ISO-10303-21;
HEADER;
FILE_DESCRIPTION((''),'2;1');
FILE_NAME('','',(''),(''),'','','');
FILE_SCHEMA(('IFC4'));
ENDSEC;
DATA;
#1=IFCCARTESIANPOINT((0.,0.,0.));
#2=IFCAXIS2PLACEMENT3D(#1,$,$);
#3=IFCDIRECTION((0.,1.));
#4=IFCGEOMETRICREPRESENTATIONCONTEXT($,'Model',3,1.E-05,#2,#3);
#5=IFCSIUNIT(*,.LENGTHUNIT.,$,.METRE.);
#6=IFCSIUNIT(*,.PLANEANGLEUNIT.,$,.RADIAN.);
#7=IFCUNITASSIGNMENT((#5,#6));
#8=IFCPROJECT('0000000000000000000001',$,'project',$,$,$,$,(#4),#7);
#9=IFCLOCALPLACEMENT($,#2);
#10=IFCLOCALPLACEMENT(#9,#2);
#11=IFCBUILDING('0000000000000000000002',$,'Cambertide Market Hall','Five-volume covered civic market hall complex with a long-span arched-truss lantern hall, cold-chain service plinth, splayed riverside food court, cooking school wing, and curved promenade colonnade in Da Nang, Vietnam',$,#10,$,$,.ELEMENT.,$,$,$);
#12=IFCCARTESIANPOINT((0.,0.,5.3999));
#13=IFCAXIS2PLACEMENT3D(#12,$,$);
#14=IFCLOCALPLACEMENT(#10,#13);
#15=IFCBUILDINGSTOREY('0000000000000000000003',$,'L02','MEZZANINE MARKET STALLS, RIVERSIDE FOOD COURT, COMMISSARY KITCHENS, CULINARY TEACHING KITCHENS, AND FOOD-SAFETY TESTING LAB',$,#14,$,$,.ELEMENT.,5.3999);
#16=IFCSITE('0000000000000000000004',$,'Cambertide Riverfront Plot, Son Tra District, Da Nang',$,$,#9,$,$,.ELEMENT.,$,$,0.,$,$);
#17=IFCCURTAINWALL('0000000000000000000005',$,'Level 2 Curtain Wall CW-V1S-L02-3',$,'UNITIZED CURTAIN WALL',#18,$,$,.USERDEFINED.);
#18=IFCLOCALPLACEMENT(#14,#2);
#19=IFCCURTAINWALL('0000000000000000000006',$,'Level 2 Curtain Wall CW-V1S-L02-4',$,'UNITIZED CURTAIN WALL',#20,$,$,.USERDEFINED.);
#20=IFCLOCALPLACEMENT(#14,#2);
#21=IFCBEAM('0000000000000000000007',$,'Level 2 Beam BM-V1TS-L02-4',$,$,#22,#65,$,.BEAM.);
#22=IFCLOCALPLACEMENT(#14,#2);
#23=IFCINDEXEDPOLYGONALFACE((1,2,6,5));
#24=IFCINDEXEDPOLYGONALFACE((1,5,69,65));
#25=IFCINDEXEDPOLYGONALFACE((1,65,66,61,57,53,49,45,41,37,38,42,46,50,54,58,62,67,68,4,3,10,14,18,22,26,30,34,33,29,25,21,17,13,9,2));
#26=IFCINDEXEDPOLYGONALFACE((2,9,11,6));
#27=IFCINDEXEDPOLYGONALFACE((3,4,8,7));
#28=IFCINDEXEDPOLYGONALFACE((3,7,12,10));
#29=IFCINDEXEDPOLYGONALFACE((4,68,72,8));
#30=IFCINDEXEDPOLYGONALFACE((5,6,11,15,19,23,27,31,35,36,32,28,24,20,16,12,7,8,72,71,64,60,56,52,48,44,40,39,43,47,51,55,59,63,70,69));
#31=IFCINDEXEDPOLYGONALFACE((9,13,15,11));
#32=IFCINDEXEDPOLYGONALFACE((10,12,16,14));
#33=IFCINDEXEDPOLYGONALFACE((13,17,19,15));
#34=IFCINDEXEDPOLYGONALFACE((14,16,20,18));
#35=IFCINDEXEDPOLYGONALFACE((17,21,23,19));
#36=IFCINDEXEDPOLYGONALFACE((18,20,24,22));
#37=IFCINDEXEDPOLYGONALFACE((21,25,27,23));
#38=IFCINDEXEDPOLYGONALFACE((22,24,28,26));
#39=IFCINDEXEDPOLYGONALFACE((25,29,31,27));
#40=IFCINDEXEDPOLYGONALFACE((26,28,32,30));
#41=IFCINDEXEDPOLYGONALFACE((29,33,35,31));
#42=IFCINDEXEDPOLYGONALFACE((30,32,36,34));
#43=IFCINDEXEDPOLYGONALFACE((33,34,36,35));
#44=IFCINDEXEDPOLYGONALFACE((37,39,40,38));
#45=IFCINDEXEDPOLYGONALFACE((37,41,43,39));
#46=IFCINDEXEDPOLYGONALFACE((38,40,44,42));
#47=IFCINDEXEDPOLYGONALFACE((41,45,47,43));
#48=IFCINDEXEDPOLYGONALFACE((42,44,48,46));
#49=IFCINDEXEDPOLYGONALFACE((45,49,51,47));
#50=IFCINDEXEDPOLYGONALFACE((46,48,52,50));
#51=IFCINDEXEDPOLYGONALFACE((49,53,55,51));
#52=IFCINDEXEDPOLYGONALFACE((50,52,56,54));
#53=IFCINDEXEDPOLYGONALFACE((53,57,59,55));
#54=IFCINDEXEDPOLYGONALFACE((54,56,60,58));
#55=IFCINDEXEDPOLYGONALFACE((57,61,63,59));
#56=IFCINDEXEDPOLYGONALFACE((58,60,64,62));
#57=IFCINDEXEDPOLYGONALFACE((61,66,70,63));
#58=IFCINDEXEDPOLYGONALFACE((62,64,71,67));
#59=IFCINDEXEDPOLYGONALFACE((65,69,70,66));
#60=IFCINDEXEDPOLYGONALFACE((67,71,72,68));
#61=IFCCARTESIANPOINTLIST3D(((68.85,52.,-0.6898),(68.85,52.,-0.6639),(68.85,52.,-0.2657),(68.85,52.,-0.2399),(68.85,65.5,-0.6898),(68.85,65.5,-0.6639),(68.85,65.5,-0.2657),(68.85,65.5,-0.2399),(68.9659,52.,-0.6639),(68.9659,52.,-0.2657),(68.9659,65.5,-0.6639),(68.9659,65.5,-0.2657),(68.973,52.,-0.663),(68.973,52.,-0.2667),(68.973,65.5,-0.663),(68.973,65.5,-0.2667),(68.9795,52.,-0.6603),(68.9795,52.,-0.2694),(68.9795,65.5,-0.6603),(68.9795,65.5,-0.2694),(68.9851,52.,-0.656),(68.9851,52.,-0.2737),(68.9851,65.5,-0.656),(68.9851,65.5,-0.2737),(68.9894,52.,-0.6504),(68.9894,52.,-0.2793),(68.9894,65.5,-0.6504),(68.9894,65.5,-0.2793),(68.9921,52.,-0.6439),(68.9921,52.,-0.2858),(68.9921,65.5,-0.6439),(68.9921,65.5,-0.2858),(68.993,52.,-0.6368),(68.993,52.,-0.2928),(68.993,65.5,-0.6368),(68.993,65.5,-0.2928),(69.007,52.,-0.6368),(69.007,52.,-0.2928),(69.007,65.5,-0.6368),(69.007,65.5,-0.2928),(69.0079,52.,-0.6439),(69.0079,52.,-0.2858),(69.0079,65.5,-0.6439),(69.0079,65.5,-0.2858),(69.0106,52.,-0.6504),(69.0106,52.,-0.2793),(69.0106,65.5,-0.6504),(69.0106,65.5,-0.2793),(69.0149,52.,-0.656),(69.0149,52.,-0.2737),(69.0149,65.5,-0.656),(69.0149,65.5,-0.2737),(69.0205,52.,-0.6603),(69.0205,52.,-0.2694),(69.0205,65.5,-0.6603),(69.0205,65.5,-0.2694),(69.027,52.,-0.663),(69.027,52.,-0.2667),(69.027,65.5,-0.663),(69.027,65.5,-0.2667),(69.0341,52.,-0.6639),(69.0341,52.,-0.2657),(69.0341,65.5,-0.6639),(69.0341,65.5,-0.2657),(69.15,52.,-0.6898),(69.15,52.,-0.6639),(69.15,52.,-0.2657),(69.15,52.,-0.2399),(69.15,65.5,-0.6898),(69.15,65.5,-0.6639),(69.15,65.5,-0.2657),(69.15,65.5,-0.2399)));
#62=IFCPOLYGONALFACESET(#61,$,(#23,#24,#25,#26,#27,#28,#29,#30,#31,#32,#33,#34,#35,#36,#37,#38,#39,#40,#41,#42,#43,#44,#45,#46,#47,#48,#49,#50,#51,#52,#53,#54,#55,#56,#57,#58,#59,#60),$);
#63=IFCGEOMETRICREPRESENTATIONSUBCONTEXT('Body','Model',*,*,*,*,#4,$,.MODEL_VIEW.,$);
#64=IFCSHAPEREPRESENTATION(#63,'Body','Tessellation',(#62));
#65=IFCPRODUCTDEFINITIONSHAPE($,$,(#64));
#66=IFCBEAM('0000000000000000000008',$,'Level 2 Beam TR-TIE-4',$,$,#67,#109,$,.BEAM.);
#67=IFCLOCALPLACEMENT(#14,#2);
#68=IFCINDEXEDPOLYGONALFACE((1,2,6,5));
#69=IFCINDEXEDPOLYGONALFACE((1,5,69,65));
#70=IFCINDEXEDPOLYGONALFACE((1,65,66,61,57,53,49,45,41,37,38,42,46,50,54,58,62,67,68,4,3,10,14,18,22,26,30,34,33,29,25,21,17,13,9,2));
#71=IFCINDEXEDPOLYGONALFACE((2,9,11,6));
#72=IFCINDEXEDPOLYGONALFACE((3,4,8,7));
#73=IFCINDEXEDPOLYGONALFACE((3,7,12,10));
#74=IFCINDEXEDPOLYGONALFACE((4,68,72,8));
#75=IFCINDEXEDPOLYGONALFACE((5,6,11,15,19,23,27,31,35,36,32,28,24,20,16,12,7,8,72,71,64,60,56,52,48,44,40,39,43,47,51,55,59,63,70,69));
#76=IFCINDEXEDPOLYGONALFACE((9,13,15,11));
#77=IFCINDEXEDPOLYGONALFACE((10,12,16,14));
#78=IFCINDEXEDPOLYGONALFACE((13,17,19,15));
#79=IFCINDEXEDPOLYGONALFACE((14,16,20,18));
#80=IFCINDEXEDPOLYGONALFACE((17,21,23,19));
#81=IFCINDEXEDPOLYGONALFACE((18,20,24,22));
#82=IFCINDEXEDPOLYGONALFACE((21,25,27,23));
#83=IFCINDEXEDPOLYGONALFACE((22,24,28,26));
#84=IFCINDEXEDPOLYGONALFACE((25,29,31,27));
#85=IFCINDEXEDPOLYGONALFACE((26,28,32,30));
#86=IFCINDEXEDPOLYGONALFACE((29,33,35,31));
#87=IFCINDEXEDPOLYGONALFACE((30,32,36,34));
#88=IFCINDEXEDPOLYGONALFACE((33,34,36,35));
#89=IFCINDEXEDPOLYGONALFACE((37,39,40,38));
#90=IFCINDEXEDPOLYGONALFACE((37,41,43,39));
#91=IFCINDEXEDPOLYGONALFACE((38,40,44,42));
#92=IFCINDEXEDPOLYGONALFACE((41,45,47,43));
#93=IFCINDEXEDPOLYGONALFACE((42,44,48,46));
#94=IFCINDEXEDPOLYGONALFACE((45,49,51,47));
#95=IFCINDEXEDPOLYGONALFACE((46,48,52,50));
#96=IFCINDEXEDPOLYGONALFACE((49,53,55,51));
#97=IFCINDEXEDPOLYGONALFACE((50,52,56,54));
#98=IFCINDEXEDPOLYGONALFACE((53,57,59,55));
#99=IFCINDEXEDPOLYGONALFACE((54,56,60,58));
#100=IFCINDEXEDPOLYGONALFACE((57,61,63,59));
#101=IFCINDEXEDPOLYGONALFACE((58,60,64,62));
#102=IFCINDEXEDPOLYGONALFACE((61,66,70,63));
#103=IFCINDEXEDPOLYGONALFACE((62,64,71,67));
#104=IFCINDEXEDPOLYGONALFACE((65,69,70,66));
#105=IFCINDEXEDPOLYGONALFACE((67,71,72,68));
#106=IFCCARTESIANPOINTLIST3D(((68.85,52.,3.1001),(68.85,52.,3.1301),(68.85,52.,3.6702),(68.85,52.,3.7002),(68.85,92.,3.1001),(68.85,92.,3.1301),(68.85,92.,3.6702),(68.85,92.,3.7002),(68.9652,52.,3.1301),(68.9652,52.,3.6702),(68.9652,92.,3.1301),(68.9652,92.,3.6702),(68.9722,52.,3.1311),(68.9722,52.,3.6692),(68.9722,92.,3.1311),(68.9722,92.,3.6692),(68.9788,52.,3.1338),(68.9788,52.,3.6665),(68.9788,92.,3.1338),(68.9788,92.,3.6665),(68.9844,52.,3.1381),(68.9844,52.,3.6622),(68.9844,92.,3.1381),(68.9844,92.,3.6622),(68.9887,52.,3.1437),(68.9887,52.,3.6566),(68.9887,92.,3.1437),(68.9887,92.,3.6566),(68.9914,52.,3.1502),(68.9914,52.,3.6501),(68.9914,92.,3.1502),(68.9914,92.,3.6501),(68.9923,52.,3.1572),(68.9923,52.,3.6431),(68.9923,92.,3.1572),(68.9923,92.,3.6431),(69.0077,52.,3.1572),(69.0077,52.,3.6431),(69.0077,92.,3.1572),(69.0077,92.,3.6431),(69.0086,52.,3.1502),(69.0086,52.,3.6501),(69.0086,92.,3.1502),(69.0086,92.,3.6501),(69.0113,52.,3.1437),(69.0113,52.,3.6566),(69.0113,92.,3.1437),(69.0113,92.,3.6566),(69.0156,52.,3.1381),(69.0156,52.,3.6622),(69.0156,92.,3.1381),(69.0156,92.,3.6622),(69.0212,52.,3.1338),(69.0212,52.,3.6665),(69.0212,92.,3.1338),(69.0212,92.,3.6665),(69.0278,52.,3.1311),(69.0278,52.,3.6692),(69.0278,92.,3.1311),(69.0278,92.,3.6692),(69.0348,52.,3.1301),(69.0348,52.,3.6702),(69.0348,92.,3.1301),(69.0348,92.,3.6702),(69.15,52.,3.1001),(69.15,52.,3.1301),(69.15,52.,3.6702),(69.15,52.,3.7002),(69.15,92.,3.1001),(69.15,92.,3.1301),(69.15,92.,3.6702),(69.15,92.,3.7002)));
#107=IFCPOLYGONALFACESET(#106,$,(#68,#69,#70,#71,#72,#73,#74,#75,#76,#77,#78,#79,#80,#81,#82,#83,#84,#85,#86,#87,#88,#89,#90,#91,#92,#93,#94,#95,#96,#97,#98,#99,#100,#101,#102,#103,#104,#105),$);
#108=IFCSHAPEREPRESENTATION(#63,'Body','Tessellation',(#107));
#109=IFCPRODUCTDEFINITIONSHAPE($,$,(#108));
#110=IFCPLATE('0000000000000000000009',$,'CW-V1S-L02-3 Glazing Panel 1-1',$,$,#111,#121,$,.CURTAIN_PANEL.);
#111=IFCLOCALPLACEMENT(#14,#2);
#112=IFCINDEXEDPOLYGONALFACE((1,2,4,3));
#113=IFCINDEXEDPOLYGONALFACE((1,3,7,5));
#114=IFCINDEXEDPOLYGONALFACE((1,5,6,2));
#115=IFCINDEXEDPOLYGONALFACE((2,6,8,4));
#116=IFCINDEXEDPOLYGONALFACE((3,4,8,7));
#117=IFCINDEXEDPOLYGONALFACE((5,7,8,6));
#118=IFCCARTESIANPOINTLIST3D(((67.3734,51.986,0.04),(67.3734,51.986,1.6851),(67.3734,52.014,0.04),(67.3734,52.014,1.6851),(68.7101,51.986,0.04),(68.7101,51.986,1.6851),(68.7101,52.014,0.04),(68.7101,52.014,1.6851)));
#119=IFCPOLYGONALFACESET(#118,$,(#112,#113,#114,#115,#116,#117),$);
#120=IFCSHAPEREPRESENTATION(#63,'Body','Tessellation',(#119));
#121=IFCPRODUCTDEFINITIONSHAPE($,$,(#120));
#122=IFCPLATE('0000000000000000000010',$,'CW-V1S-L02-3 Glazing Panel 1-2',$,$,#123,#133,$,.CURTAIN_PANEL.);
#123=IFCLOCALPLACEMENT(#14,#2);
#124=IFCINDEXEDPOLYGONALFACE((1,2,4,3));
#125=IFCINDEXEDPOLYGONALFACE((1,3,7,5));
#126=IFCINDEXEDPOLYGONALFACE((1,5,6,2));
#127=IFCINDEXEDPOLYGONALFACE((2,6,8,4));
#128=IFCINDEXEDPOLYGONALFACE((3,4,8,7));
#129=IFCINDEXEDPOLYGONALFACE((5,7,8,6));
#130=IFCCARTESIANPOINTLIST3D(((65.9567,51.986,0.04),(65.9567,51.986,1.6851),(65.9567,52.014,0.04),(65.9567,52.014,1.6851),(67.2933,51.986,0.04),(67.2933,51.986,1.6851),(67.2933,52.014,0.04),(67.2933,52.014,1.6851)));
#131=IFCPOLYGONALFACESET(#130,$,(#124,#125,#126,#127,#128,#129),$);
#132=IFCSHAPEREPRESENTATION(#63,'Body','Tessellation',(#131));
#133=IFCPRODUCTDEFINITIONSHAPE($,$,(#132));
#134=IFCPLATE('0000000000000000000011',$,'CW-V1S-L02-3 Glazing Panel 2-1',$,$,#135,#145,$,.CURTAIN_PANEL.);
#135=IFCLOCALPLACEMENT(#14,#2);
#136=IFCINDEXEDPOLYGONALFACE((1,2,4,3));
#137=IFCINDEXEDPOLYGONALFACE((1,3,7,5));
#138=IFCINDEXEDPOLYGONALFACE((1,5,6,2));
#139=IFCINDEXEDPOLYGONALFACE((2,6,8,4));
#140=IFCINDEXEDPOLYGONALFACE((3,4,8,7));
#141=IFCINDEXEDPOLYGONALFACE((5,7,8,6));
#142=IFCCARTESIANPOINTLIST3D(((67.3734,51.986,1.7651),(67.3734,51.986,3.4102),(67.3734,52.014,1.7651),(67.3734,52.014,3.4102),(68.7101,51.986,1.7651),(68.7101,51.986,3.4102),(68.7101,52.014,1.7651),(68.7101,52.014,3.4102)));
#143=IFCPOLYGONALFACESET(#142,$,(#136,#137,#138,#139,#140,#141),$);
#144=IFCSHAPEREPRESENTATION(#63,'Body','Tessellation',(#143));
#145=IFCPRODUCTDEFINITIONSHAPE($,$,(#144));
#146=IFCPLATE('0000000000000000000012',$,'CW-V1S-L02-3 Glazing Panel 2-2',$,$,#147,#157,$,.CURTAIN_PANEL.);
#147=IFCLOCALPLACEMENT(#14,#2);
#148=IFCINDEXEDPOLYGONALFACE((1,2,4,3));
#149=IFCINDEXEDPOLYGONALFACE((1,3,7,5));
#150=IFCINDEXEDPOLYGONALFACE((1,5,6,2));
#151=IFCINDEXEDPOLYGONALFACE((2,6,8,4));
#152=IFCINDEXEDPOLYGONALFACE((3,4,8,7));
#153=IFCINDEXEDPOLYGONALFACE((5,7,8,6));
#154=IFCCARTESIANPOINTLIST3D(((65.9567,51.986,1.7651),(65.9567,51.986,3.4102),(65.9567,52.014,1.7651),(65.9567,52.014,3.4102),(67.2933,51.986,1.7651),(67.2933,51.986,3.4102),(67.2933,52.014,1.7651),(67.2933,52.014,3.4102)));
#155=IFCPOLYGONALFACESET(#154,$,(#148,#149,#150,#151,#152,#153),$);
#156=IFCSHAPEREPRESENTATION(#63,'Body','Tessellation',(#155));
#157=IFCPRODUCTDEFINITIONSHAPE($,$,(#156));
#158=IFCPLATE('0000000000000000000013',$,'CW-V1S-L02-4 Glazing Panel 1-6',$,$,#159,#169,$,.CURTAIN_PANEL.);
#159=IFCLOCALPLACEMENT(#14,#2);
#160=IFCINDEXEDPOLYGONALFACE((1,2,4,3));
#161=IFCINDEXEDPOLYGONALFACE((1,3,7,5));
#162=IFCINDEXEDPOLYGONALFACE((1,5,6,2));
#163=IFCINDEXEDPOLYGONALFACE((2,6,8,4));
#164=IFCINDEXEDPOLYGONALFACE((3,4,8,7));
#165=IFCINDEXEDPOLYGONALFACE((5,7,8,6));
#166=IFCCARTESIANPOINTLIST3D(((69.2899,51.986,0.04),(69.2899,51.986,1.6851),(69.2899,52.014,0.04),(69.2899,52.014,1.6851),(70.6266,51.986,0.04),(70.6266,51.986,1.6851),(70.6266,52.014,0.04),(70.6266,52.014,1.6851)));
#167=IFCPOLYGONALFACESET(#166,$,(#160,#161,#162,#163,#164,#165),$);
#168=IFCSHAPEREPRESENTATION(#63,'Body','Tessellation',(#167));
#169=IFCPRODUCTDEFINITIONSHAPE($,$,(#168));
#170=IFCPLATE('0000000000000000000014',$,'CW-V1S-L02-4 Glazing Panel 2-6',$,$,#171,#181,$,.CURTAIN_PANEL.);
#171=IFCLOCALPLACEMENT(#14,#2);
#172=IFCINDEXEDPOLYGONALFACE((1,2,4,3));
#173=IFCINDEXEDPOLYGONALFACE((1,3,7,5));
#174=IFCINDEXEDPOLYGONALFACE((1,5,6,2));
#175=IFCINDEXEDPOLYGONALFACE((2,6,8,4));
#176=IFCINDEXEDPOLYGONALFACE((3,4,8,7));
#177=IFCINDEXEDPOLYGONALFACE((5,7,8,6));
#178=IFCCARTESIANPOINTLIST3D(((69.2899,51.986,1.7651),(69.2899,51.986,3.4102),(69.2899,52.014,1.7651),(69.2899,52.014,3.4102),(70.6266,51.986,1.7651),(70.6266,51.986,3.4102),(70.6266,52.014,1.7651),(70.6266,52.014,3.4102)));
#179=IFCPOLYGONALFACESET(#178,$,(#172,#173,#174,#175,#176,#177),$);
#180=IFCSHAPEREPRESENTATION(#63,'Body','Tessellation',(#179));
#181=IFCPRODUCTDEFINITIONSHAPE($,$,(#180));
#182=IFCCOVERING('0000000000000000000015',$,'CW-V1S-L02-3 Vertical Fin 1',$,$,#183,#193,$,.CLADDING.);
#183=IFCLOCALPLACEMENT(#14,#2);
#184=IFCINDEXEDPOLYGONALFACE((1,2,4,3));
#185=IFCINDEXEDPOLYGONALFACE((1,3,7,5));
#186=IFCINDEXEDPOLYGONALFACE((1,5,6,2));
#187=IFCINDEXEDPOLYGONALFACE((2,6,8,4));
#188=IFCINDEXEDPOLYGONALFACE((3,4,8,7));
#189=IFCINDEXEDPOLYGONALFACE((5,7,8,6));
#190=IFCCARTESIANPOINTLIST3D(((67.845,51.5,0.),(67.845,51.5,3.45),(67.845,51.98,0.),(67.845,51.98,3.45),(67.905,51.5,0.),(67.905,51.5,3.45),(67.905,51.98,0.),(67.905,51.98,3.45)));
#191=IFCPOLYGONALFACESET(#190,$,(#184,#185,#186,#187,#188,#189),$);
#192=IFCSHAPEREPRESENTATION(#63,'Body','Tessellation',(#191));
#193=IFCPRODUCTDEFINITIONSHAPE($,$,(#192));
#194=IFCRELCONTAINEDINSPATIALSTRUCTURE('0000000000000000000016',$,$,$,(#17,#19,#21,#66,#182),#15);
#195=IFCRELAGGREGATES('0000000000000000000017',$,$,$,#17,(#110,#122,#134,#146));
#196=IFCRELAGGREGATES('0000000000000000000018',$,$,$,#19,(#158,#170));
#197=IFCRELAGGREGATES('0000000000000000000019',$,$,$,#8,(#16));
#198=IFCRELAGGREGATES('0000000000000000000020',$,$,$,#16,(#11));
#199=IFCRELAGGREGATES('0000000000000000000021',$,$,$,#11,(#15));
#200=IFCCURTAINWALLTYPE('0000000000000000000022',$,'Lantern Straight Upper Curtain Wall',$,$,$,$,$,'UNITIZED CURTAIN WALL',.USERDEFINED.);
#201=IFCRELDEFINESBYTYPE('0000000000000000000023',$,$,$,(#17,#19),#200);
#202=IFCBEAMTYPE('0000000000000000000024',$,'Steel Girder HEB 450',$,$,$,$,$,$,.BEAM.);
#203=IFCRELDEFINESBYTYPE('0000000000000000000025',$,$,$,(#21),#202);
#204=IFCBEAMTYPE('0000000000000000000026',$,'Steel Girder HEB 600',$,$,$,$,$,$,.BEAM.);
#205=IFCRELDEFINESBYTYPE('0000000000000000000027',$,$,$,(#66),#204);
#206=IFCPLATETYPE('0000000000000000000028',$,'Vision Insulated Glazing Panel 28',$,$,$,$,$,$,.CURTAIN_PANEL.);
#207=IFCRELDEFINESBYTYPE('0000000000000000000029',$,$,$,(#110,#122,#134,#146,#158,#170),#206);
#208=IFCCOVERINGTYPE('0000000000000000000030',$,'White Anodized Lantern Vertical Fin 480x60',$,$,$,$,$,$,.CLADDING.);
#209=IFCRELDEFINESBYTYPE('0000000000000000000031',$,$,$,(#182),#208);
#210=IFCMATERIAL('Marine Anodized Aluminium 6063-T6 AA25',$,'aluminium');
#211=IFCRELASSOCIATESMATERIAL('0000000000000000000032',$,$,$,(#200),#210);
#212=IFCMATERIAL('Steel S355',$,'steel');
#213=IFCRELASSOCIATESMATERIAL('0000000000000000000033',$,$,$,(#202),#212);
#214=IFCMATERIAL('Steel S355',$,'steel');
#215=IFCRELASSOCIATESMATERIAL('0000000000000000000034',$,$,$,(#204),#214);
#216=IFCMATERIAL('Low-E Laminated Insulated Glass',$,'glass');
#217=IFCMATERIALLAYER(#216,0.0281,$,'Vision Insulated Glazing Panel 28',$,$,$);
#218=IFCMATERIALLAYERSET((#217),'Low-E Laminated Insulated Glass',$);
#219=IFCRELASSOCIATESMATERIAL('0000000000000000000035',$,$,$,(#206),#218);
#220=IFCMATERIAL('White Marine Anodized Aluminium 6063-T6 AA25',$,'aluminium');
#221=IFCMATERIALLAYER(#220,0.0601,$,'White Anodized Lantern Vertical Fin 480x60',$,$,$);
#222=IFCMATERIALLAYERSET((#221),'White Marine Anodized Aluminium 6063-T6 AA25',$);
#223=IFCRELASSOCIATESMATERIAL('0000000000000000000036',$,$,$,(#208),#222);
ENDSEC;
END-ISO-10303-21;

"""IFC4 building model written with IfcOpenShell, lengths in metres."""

from ifc_helpers import new_model, si_unit, direction, frame, origin, origin_2d, place, context, subcontext, project, spatial, rectangle, i_section, extrude, material, layer, layer_set, material_profile, profile_set, type_object, element, aggregate, save


model = new_model("IFC4")

# Units and contexts
model_context = context("Model", 3, precision=1e-05, world=origin(), true_north=direction((0.0, 1.0)))
body_context = subcontext(model_context, "Body", "Model", "MODEL_VIEW")
ifc_project = project(units=[si_unit("LENGTHUNIT", "METRE"), si_unit("PLANEANGLEUNIT", "RADIAN")], contexts=[model_context])

# Site, building, storey
site_placement = place(None, origin())
site = spatial("IfcSite", under=ifc_project, at=site_placement, Name="Cambertide Riverfront Plot, Son Tra District, Da Nang", CompositionType="ELEMENT", RefElevation=0.0)
building_placement = place(site_placement, origin())
building = spatial("IfcBuilding", under=site, at=building_placement, Name="Cambertide Market Hall", Description="Five-volume covered civic market hall complex with a long-span arched-truss lantern hall, cold-chain service plinth, splayed riverside food court, cooking school wing, and curved promenade colonnade in Da Nang, Vietnam", CompositionType="ELEMENT")
storey_placement = place(building_placement, frame((0.0, 0.0, 5.3999)))
storey = spatial("IfcBuildingStorey", under=building, at=storey_placement, Name="L02", Description="MEZZANINE MARKET STALLS, RIVERSIDE FOOD COURT, COMMISSARY KITCHENS, CULINARY TEACHING KITCHENS, AND FOOD-SAFETY TESTING LAB", CompositionType="ELEMENT", Elevation=5.3999)

# Curtain wall
ifc_material_1 = material(Name="Marine Anodized Aluminium 6063-T6 AA25", Category="aluminium")
curtain_wall_type = type_object("IfcCurtainWallType", Name="Lantern Straight Upper Curtain Wall", ElementType="UNITIZED CURTAIN WALL", PredefinedType="USERDEFINED", material=ifc_material_1)
curtain_wall_1_placement = place(storey_placement, origin())
curtain_wall_1 = element("IfcCurtainWall", 1, at=curtain_wall_1_placement, inside=storey, type_object=curtain_wall_type, Name="Level 2 Curtain Wall CW-V1S-L02-3", ObjectType="UNITIZED CURTAIN WALL", PredefinedType="USERDEFINED")

# Curtain wall
curtain_wall_2_placement = place(storey_placement, origin())
curtain_wall_2 = element("IfcCurtainWall", 2, at=curtain_wall_2_placement, inside=storey, type_object=curtain_wall_type, Name="Level 2 Curtain Wall CW-V1S-L02-4", ObjectType="UNITIZED CURTAIN WALL", PredefinedType="USERDEFINED")

# Beams
ifc_material_2 = material(Name="Steel S355", Category="steel")
ifc_material_profile_1 = material_profile(ifc_material_2, i_section(OverallWidth=0.3, OverallDepth=0.45, WebThickness=0.0139, FlangeThickness=0.0259, FilletRadius=0.0271, at=origin_2d()), Name="HEB 450")
ifc_profile_set_1 = profile_set([ifc_material_profile_1], Name="Steel S355")
beam_type_1 = type_object("IfcBeamType", Name="Steel Girder HEB 450", PredefinedType="BEAM", material=ifc_profile_set_1)
beam_1_placement = place(storey_placement, frame((69.0, 52.0, -0.4648), z_axis=(0.0, 1.0, 0.0), x_axis=(-1.0, 0.0, 0.0)))
element("IfcBeam", 3, at=beam_1_placement, inside=storey, type_object=beam_type_1, Name="Level 2 Beam BM-V1TS-L02-4", PredefinedType="BEAM", context=body_context, shape_type="SweptSolid", body=[
    extrude(i_section(OverallWidth=0.3, OverallDepth=0.45, WebThickness=0.0139, FlangeThickness=0.0259, FilletRadius=0.0271, at=origin_2d()), origin(), (0.0, 0.0, 1.0), 13.5),
])
ifc_material_3 = material(Name="Steel S355", Category="steel")
ifc_material_profile_2 = material_profile(ifc_material_3, i_section(OverallWidth=0.3, OverallDepth=0.6001, WebThickness=0.0154, FlangeThickness=0.03, FilletRadius=0.0271, at=origin_2d()), Name="HEB 600")
ifc_profile_set_2 = profile_set([ifc_material_profile_2], Name="Steel S355")
beam_type_2 = type_object("IfcBeamType", Name="Steel Girder HEB 600", PredefinedType="BEAM", material=ifc_profile_set_2)
beam_2_placement = place(storey_placement, frame((69.0, 52.0, 3.4001), z_axis=(0.0, 1.0, 0.0), x_axis=(-1.0, 0.0, 0.0)))
element("IfcBeam", 4, at=beam_2_placement, inside=storey, type_object=beam_type_2, Name="Level 2 Beam TR-TIE-4", PredefinedType="BEAM", context=body_context, shape_type="SweptSolid", body=[
    extrude(i_section(OverallWidth=0.3, OverallDepth=0.6001, WebThickness=0.0154, FlangeThickness=0.03, FilletRadius=0.0271, at=origin_2d()), origin(), (0.0, 0.0, 1.0), 40.0),
])

# Plates
ifc_material_4 = material(Name="Low-E Laminated Insulated Glass", Category="glass")
ifc_layer_1 = layer(ifc_material_4, 0.0281, Name="Vision Insulated Glazing Panel 28")
ifc_layer_set_1 = layer_set([ifc_layer_1], Name="Low-E Laminated Insulated Glass")
plate_type = type_object("IfcPlateType", Name="Vision Insulated Glazing Panel 28", PredefinedType="CURTAIN_PANEL", material=ifc_layer_set_1)
plate_1_placement = place(storey_placement, frame((68.0417, 52.0, 0.04), z_axis=(0.0, 0.0, 1.0), x_axis=(-1.0, 0.0, 0.0)))
plate_1 = element("IfcPlate", 5, at=plate_1_placement, type_object=plate_type, Name="CW-V1S-L02-3 Glazing Panel 1-1", PredefinedType="CURTAIN_PANEL", context=body_context, shape_type="SweptSolid", body=[
    extrude(rectangle(XDim=1.3367, YDim=0.0281, at=origin_2d()), origin(), (0.0, 0.0, 1.0), 1.645),
])
plate_2_placement = place(storey_placement, frame((66.625, 52.0, 0.04), z_axis=(0.0, 0.0, 1.0), x_axis=(-1.0, 0.0, 0.0)))
plate_2 = element("IfcPlate", 6, at=plate_2_placement, type_object=plate_type, Name="CW-V1S-L02-3 Glazing Panel 1-2", PredefinedType="CURTAIN_PANEL", context=body_context, shape_type="SweptSolid", body=[
    extrude(rectangle(XDim=1.3367, YDim=0.0281, at=origin_2d()), origin(), (0.0, 0.0, 1.0), 1.645),
])
plate_3_placement = place(storey_placement, frame((68.0417, 52.0, 1.7651), z_axis=(0.0, 0.0, 1.0), x_axis=(-1.0, 0.0, 0.0)))
plate_3 = element("IfcPlate", 7, at=plate_3_placement, type_object=plate_type, Name="CW-V1S-L02-3 Glazing Panel 2-1", PredefinedType="CURTAIN_PANEL", context=body_context, shape_type="SweptSolid", body=[
    extrude(rectangle(XDim=1.3367, YDim=0.0281, at=origin_2d()), origin(), (0.0, 0.0, 1.0), 1.645),
])
plate_4_placement = place(storey_placement, frame((66.625, 52.0, 1.7651), z_axis=(0.0, 0.0, 1.0), x_axis=(-1.0, 0.0, 0.0)))
plate_4 = element("IfcPlate", 8, at=plate_4_placement, type_object=plate_type, Name="CW-V1S-L02-3 Glazing Panel 2-2", PredefinedType="CURTAIN_PANEL", context=body_context, shape_type="SweptSolid", body=[
    extrude(rectangle(XDim=1.3367, YDim=0.0281, at=origin_2d()), origin(), (0.0, 0.0, 1.0), 1.645),
])
aggregate(curtain_wall_1, [plate_1, plate_2, plate_3, plate_4])
plate_5_placement = place(storey_placement, frame((69.9583, 52.0, 0.04), z_axis=(0.0, 0.0, 1.0), x_axis=(-1.0, 0.0, 0.0)))
plate_5 = element("IfcPlate", 9, at=plate_5_placement, type_object=plate_type, Name="CW-V1S-L02-4 Glazing Panel 1-6", PredefinedType="CURTAIN_PANEL", context=body_context, shape_type="SweptSolid", body=[
    extrude(rectangle(XDim=1.3367, YDim=0.0281, at=origin_2d()), origin(), (0.0, 0.0, 1.0), 1.645),
])
plate_6_placement = place(storey_placement, frame((69.9583, 52.0, 1.7651), z_axis=(0.0, 0.0, 1.0), x_axis=(-1.0, 0.0, 0.0)))
plate_6 = element("IfcPlate", 10, at=plate_6_placement, type_object=plate_type, Name="CW-V1S-L02-4 Glazing Panel 2-6", PredefinedType="CURTAIN_PANEL", context=body_context, shape_type="SweptSolid", body=[
    extrude(rectangle(XDim=1.3367, YDim=0.0281, at=origin_2d()), origin(), (0.0, 0.0, 1.0), 1.645),
])
aggregate(curtain_wall_2, [plate_5, plate_6])

# Covering
ifc_material_5 = material(Name="White Marine Anodized Aluminium 6063-T6 AA25", Category="aluminium")
ifc_layer_2 = layer(ifc_material_5, 0.0601, Name="White Anodized Lantern Vertical Fin 480x60")
ifc_layer_set_2 = layer_set([ifc_layer_2], Name="White Marine Anodized Aluminium 6063-T6 AA25")
covering_type = type_object("IfcCoveringType", Name="White Anodized Lantern Vertical Fin 480x60", PredefinedType="CLADDING", material=ifc_layer_set_2)
for number, where, z_axis, x_axis, name in (
    (11, (67.875, 51.74, 0.0), (0.0, 0.0, 1.0), (-1.0, 0.0, 0.0), "CW-V1S-L02-3 Vertical Fin 1"),
):
    element("IfcCovering", number, at=place(storey_placement, frame(where, z_axis=z_axis, x_axis=x_axis)), inside=storey, type_object=covering_type, Name=name, PredefinedType="CLADDING", context=body_context, shape_type="SweptSolid", body=[
        extrude(rectangle(XDim=0.0601, YDim=0.48, at=origin_2d()), origin(), (0.0, 0.0, 1.0), 3.45),
    ])

save(model, "model.ifc")
